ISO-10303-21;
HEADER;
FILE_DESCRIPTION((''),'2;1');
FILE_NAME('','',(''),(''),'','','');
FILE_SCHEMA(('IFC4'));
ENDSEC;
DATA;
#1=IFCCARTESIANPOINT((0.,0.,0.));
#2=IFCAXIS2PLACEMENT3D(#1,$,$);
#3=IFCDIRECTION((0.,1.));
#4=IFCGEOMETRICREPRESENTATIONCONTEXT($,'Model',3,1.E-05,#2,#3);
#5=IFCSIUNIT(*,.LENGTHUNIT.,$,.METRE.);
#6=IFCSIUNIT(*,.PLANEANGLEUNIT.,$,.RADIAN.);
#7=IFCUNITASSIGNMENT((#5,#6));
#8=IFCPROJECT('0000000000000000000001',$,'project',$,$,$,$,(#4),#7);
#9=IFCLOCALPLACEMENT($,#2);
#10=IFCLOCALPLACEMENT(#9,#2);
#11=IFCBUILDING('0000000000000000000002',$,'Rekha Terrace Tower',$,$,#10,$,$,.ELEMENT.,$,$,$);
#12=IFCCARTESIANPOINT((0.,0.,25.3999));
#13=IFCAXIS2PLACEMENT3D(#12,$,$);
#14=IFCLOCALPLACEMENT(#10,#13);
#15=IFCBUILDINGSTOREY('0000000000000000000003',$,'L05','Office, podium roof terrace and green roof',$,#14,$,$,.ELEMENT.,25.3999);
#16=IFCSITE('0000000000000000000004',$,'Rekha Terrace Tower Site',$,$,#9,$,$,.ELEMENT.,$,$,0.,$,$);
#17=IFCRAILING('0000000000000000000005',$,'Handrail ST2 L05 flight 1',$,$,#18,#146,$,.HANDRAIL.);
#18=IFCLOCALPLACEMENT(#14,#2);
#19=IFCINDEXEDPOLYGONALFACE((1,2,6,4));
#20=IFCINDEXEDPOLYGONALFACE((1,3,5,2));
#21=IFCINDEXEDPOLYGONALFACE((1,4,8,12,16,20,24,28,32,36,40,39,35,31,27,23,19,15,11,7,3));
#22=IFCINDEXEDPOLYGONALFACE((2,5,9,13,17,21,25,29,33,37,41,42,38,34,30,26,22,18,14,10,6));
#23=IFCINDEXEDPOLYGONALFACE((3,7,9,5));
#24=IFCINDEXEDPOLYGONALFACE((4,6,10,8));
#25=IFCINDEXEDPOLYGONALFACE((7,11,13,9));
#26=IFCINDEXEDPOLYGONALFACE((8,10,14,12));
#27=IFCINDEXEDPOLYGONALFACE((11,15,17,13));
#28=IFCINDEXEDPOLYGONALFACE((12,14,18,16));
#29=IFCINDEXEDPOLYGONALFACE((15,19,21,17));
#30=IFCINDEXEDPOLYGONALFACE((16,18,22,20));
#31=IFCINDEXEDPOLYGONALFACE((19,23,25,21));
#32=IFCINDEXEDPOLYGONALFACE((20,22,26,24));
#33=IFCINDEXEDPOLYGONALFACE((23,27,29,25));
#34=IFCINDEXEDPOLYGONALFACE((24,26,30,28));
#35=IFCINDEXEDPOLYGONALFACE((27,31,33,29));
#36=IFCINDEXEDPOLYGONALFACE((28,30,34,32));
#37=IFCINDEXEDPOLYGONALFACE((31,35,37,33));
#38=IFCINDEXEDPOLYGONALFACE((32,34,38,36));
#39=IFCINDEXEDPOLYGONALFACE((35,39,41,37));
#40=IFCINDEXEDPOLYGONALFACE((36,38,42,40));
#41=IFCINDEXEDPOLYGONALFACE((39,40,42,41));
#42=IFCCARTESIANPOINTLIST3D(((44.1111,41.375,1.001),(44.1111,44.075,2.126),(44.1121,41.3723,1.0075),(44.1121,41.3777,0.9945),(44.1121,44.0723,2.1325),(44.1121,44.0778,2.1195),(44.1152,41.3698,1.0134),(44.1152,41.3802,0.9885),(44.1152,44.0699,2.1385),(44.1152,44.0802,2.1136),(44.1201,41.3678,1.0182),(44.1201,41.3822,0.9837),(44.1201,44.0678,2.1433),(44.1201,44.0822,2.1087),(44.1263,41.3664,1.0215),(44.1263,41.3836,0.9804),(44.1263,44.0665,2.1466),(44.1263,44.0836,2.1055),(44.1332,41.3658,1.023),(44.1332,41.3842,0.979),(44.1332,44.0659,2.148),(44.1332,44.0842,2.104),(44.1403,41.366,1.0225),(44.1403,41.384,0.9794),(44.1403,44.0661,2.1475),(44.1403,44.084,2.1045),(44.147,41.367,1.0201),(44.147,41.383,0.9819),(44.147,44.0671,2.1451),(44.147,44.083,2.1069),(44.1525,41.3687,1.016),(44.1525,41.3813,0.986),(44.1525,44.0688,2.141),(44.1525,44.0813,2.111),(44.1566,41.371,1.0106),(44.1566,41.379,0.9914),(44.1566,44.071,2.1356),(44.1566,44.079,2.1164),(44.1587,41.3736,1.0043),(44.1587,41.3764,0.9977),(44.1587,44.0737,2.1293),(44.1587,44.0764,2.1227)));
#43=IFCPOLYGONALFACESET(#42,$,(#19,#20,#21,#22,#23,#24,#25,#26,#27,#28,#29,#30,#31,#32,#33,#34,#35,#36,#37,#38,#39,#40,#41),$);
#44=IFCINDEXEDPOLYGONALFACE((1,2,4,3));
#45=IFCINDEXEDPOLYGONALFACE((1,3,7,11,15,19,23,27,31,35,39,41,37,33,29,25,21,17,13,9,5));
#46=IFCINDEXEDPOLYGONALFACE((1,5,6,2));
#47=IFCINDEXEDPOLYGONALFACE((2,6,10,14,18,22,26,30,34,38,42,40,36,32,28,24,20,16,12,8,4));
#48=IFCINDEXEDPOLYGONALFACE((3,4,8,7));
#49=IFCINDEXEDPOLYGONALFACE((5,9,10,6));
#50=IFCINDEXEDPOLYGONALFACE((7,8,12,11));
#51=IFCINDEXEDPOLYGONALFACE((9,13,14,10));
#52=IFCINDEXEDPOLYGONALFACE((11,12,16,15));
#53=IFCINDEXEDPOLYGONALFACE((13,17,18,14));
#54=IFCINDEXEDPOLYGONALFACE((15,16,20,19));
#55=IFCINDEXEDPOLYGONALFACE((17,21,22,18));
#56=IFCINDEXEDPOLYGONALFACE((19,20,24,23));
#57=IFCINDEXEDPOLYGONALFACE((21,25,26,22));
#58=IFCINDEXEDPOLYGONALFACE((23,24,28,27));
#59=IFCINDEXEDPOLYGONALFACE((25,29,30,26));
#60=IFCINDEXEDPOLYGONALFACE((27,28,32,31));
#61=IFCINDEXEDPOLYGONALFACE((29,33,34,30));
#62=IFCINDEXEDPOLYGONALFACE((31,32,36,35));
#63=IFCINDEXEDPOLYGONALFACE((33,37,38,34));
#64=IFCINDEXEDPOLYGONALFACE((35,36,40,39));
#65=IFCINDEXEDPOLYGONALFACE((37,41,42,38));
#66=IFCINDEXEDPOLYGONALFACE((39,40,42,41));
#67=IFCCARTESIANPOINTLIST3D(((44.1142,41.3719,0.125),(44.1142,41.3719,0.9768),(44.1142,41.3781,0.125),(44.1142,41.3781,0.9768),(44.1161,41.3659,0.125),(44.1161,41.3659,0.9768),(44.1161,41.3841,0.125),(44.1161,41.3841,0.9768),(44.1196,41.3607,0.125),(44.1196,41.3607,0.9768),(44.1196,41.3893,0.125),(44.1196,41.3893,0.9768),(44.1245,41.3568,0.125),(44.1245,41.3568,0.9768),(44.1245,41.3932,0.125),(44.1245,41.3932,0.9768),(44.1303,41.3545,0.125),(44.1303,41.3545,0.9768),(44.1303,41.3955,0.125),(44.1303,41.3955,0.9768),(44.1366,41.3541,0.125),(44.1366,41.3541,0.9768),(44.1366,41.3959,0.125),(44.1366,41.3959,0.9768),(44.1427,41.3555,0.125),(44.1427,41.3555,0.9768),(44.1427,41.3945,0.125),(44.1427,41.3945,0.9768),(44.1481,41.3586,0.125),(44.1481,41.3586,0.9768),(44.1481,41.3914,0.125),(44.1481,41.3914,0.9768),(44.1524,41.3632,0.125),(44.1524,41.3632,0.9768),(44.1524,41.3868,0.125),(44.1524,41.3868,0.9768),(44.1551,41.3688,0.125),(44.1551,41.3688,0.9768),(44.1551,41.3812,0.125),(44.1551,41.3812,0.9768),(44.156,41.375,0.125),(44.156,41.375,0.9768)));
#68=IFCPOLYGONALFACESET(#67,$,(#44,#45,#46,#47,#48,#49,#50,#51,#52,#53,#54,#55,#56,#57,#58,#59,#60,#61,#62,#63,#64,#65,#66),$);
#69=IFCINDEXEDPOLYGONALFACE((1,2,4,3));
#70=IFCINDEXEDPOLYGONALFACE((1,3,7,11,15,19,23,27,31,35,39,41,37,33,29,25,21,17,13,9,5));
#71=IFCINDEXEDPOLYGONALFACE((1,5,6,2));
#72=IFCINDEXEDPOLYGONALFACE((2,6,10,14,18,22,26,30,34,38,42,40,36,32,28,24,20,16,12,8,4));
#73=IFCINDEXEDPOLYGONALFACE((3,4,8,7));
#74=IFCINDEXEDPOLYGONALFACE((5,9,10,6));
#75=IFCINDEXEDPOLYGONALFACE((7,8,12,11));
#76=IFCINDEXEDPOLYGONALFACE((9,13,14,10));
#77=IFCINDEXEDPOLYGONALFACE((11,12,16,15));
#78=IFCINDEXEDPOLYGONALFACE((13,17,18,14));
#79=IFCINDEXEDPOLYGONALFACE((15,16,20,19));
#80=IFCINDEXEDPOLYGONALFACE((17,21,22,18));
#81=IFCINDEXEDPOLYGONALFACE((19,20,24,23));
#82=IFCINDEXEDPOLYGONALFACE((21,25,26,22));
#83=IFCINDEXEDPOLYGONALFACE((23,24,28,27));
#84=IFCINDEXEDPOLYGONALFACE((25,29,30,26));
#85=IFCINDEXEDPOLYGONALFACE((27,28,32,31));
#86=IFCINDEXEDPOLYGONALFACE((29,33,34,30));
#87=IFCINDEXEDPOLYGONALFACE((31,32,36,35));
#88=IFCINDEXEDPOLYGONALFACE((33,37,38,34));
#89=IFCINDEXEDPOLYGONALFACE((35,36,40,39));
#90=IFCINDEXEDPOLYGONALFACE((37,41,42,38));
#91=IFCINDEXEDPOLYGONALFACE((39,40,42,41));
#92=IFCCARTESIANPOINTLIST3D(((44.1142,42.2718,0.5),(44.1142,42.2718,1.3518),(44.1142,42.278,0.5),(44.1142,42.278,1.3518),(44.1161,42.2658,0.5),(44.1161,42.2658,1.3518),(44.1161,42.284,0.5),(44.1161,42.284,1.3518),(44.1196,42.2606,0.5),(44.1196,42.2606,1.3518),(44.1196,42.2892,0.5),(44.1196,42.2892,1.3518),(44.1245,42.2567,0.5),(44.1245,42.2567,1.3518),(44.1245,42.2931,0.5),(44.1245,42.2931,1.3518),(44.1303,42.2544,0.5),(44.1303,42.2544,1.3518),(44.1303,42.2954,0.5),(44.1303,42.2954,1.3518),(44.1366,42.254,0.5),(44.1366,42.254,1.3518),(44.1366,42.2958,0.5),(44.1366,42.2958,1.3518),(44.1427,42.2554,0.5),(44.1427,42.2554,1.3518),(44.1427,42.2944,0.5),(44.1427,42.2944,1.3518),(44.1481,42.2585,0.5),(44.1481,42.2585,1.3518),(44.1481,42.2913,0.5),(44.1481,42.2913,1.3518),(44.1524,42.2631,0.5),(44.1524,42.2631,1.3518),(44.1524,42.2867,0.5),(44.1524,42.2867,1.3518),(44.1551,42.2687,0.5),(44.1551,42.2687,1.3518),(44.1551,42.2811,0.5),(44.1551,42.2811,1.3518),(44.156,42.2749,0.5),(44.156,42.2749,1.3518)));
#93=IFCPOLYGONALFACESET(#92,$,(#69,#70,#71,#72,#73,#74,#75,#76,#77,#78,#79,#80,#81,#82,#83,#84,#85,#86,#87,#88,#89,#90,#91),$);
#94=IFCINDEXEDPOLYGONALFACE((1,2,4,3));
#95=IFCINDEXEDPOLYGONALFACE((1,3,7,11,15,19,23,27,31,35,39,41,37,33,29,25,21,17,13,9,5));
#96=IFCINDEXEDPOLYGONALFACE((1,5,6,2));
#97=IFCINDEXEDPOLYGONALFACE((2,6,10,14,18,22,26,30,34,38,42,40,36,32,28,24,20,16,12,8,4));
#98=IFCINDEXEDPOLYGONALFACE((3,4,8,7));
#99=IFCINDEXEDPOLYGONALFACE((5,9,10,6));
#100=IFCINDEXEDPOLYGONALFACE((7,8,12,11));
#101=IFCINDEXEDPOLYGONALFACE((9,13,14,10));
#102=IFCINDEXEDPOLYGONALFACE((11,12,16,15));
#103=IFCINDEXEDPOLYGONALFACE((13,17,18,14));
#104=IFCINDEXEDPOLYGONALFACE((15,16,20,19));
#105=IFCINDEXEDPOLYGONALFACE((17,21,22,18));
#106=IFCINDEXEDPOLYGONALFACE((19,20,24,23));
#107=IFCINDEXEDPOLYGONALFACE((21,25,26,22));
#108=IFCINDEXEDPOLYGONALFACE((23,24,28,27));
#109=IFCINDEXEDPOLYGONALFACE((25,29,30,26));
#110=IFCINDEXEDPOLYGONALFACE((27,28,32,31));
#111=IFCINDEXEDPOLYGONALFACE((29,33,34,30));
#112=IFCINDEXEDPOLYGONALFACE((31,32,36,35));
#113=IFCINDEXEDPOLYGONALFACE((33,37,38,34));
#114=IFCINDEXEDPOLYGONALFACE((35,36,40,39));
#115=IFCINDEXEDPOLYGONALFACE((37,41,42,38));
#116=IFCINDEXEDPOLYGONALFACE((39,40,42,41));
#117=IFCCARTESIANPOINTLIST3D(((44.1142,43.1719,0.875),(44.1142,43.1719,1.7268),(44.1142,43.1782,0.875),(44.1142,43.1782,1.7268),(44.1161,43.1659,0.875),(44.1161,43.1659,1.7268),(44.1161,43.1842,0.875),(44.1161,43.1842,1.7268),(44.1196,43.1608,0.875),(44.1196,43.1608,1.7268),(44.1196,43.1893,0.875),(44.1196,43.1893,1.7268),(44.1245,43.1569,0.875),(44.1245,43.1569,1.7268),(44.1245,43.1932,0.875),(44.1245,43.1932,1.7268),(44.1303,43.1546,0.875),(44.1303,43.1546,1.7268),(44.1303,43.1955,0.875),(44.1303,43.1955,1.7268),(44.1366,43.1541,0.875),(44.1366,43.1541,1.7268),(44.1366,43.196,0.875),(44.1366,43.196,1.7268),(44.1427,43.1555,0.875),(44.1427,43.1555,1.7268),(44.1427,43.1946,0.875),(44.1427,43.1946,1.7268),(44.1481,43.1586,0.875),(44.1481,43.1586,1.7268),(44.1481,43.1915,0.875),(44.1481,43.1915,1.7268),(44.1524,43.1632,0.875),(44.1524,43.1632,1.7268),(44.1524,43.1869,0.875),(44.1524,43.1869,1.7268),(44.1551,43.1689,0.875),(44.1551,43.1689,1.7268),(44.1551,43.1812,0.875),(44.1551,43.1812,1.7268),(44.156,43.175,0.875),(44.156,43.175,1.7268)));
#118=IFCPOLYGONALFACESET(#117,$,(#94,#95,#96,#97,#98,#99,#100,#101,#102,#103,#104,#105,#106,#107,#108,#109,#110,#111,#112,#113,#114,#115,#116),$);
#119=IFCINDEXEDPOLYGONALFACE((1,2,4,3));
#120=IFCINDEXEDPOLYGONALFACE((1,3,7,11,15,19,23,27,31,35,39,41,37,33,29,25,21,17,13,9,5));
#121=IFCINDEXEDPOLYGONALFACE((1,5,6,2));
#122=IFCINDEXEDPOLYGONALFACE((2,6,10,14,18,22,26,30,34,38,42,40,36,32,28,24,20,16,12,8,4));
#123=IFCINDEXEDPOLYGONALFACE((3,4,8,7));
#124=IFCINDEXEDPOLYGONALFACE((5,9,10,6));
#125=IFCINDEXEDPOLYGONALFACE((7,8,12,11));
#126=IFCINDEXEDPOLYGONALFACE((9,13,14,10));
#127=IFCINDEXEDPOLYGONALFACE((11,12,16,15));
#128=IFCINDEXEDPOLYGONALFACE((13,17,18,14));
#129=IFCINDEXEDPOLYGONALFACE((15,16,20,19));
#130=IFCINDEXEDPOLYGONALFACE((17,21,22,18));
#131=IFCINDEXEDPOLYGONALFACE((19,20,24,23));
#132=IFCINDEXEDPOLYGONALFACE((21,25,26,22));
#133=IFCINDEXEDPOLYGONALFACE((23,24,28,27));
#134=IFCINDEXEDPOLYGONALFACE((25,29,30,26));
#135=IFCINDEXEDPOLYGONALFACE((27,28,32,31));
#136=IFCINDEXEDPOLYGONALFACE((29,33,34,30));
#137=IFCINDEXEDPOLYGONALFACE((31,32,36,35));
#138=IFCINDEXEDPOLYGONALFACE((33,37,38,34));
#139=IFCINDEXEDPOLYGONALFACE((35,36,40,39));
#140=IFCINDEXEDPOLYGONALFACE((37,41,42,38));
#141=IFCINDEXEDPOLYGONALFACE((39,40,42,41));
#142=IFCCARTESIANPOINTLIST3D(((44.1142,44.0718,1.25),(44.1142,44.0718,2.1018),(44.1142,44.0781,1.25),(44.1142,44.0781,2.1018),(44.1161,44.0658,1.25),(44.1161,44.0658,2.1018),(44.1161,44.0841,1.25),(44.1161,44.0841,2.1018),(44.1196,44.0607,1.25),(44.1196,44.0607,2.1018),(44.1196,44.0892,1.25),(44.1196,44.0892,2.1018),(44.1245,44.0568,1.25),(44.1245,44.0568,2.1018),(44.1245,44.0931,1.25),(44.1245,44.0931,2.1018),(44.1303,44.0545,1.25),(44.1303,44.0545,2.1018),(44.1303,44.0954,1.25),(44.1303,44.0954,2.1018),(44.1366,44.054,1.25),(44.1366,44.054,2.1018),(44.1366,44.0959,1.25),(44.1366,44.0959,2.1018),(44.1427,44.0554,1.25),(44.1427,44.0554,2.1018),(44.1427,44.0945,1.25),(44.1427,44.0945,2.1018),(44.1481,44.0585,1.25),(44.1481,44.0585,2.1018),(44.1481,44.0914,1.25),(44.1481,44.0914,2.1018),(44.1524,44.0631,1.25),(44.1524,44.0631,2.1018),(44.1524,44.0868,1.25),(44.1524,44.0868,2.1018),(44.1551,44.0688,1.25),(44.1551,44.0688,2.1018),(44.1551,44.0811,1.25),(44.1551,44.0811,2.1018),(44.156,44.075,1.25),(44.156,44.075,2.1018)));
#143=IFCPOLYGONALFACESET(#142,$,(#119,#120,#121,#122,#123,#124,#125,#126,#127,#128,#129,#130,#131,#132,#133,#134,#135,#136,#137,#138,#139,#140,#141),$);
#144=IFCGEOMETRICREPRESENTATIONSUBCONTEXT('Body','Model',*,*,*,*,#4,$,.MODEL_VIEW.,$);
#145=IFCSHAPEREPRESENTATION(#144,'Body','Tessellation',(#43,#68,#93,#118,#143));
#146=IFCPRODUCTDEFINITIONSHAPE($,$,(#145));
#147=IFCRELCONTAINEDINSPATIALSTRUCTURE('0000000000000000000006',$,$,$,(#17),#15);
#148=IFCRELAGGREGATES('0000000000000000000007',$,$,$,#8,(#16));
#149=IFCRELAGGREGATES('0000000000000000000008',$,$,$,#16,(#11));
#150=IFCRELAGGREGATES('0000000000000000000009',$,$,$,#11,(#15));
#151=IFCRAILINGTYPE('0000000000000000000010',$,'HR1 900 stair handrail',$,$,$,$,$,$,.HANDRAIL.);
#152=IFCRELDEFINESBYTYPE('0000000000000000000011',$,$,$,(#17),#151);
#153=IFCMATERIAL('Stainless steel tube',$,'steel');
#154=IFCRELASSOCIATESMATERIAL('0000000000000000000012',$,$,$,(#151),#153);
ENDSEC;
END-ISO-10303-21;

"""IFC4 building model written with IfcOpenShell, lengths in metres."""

from ifc_helpers import new_model, si_unit, direction, frame, origin, origin_2d, place, context, subcontext, project, spatial, circle, extrude, material, type_object, element, save


model = new_model("IFC4")

# Units and contexts
model_context = context("Model", 3, precision=1e-05, world=origin(), true_north=direction((0.0, 1.0)))
body_context = subcontext(model_context, "Body", "Model", "MODEL_VIEW")
ifc_project = project(units=[si_unit("LENGTHUNIT", "METRE"), si_unit("PLANEANGLEUNIT", "RADIAN")], contexts=[model_context])

# Site, building, storey
site_placement = place(None, origin())
site = spatial("IfcSite", under=ifc_project, at=site_placement, Name="Rekha Terrace Tower Site", CompositionType="ELEMENT", RefElevation=0.0)
building_placement = place(site_placement, origin())
building = spatial("IfcBuilding", under=site, at=building_placement, Name="Rekha Terrace Tower", CompositionType="ELEMENT")
storey_placement = place(building_placement, frame((0.0, 0.0, 25.3999)))
storey = spatial("IfcBuildingStorey", under=building, at=storey_placement, Name="L05", Description="Office, podium roof terrace and green roof", CompositionType="ELEMENT", Elevation=25.3999)

# Railing
ifc_material_1 = material(Name="Stainless steel tube", Category="steel")
railing_type_1 = type_object("IfcRailingType", Name="HR1 900 stair handrail", PredefinedType="HANDRAIL", material=ifc_material_1)
railing_1_placement = place(storey_placement, frame((44.135, 41.375, 0.125)))
element("IfcRailing", 1, at=railing_1_placement, inside=storey, type_object=railing_type_1, Name="Handrail ST2 L05 flight 1", PredefinedType="HANDRAIL", context=body_context, shape_type="SweptSolid", body=[
    extrude(circle(Radius=0.0239, at=origin_2d()), frame((0.0, 0.0, 0.876), z_axis=(0.0, 0.923074, 0.384621), x_axis=(-1.0, 0.0, 0.0)), (0.0, 0.0, 1.0), 2.925),
    extrude(circle(Radius=0.021, at=origin_2d()), origin(), (0.0, 0.0, 1.0), 0.8518),
    extrude(circle(Radius=0.021, at=origin_2d()), frame((0.0, 0.8999, 0.375)), (0.0, 0.0, 1.0), 0.8518),
    extrude(circle(Radius=0.021, at=origin_2d()), frame((0.0, 1.8, 0.75)), (0.0, 0.0, 1.0), 0.8518),
    extrude(circle(Radius=0.021, at=origin_2d()), frame((0.0, 2.7, 1.125)), (0.0, 0.0, 1.0), 0.8518),
])

save(model, "model.ifc")
